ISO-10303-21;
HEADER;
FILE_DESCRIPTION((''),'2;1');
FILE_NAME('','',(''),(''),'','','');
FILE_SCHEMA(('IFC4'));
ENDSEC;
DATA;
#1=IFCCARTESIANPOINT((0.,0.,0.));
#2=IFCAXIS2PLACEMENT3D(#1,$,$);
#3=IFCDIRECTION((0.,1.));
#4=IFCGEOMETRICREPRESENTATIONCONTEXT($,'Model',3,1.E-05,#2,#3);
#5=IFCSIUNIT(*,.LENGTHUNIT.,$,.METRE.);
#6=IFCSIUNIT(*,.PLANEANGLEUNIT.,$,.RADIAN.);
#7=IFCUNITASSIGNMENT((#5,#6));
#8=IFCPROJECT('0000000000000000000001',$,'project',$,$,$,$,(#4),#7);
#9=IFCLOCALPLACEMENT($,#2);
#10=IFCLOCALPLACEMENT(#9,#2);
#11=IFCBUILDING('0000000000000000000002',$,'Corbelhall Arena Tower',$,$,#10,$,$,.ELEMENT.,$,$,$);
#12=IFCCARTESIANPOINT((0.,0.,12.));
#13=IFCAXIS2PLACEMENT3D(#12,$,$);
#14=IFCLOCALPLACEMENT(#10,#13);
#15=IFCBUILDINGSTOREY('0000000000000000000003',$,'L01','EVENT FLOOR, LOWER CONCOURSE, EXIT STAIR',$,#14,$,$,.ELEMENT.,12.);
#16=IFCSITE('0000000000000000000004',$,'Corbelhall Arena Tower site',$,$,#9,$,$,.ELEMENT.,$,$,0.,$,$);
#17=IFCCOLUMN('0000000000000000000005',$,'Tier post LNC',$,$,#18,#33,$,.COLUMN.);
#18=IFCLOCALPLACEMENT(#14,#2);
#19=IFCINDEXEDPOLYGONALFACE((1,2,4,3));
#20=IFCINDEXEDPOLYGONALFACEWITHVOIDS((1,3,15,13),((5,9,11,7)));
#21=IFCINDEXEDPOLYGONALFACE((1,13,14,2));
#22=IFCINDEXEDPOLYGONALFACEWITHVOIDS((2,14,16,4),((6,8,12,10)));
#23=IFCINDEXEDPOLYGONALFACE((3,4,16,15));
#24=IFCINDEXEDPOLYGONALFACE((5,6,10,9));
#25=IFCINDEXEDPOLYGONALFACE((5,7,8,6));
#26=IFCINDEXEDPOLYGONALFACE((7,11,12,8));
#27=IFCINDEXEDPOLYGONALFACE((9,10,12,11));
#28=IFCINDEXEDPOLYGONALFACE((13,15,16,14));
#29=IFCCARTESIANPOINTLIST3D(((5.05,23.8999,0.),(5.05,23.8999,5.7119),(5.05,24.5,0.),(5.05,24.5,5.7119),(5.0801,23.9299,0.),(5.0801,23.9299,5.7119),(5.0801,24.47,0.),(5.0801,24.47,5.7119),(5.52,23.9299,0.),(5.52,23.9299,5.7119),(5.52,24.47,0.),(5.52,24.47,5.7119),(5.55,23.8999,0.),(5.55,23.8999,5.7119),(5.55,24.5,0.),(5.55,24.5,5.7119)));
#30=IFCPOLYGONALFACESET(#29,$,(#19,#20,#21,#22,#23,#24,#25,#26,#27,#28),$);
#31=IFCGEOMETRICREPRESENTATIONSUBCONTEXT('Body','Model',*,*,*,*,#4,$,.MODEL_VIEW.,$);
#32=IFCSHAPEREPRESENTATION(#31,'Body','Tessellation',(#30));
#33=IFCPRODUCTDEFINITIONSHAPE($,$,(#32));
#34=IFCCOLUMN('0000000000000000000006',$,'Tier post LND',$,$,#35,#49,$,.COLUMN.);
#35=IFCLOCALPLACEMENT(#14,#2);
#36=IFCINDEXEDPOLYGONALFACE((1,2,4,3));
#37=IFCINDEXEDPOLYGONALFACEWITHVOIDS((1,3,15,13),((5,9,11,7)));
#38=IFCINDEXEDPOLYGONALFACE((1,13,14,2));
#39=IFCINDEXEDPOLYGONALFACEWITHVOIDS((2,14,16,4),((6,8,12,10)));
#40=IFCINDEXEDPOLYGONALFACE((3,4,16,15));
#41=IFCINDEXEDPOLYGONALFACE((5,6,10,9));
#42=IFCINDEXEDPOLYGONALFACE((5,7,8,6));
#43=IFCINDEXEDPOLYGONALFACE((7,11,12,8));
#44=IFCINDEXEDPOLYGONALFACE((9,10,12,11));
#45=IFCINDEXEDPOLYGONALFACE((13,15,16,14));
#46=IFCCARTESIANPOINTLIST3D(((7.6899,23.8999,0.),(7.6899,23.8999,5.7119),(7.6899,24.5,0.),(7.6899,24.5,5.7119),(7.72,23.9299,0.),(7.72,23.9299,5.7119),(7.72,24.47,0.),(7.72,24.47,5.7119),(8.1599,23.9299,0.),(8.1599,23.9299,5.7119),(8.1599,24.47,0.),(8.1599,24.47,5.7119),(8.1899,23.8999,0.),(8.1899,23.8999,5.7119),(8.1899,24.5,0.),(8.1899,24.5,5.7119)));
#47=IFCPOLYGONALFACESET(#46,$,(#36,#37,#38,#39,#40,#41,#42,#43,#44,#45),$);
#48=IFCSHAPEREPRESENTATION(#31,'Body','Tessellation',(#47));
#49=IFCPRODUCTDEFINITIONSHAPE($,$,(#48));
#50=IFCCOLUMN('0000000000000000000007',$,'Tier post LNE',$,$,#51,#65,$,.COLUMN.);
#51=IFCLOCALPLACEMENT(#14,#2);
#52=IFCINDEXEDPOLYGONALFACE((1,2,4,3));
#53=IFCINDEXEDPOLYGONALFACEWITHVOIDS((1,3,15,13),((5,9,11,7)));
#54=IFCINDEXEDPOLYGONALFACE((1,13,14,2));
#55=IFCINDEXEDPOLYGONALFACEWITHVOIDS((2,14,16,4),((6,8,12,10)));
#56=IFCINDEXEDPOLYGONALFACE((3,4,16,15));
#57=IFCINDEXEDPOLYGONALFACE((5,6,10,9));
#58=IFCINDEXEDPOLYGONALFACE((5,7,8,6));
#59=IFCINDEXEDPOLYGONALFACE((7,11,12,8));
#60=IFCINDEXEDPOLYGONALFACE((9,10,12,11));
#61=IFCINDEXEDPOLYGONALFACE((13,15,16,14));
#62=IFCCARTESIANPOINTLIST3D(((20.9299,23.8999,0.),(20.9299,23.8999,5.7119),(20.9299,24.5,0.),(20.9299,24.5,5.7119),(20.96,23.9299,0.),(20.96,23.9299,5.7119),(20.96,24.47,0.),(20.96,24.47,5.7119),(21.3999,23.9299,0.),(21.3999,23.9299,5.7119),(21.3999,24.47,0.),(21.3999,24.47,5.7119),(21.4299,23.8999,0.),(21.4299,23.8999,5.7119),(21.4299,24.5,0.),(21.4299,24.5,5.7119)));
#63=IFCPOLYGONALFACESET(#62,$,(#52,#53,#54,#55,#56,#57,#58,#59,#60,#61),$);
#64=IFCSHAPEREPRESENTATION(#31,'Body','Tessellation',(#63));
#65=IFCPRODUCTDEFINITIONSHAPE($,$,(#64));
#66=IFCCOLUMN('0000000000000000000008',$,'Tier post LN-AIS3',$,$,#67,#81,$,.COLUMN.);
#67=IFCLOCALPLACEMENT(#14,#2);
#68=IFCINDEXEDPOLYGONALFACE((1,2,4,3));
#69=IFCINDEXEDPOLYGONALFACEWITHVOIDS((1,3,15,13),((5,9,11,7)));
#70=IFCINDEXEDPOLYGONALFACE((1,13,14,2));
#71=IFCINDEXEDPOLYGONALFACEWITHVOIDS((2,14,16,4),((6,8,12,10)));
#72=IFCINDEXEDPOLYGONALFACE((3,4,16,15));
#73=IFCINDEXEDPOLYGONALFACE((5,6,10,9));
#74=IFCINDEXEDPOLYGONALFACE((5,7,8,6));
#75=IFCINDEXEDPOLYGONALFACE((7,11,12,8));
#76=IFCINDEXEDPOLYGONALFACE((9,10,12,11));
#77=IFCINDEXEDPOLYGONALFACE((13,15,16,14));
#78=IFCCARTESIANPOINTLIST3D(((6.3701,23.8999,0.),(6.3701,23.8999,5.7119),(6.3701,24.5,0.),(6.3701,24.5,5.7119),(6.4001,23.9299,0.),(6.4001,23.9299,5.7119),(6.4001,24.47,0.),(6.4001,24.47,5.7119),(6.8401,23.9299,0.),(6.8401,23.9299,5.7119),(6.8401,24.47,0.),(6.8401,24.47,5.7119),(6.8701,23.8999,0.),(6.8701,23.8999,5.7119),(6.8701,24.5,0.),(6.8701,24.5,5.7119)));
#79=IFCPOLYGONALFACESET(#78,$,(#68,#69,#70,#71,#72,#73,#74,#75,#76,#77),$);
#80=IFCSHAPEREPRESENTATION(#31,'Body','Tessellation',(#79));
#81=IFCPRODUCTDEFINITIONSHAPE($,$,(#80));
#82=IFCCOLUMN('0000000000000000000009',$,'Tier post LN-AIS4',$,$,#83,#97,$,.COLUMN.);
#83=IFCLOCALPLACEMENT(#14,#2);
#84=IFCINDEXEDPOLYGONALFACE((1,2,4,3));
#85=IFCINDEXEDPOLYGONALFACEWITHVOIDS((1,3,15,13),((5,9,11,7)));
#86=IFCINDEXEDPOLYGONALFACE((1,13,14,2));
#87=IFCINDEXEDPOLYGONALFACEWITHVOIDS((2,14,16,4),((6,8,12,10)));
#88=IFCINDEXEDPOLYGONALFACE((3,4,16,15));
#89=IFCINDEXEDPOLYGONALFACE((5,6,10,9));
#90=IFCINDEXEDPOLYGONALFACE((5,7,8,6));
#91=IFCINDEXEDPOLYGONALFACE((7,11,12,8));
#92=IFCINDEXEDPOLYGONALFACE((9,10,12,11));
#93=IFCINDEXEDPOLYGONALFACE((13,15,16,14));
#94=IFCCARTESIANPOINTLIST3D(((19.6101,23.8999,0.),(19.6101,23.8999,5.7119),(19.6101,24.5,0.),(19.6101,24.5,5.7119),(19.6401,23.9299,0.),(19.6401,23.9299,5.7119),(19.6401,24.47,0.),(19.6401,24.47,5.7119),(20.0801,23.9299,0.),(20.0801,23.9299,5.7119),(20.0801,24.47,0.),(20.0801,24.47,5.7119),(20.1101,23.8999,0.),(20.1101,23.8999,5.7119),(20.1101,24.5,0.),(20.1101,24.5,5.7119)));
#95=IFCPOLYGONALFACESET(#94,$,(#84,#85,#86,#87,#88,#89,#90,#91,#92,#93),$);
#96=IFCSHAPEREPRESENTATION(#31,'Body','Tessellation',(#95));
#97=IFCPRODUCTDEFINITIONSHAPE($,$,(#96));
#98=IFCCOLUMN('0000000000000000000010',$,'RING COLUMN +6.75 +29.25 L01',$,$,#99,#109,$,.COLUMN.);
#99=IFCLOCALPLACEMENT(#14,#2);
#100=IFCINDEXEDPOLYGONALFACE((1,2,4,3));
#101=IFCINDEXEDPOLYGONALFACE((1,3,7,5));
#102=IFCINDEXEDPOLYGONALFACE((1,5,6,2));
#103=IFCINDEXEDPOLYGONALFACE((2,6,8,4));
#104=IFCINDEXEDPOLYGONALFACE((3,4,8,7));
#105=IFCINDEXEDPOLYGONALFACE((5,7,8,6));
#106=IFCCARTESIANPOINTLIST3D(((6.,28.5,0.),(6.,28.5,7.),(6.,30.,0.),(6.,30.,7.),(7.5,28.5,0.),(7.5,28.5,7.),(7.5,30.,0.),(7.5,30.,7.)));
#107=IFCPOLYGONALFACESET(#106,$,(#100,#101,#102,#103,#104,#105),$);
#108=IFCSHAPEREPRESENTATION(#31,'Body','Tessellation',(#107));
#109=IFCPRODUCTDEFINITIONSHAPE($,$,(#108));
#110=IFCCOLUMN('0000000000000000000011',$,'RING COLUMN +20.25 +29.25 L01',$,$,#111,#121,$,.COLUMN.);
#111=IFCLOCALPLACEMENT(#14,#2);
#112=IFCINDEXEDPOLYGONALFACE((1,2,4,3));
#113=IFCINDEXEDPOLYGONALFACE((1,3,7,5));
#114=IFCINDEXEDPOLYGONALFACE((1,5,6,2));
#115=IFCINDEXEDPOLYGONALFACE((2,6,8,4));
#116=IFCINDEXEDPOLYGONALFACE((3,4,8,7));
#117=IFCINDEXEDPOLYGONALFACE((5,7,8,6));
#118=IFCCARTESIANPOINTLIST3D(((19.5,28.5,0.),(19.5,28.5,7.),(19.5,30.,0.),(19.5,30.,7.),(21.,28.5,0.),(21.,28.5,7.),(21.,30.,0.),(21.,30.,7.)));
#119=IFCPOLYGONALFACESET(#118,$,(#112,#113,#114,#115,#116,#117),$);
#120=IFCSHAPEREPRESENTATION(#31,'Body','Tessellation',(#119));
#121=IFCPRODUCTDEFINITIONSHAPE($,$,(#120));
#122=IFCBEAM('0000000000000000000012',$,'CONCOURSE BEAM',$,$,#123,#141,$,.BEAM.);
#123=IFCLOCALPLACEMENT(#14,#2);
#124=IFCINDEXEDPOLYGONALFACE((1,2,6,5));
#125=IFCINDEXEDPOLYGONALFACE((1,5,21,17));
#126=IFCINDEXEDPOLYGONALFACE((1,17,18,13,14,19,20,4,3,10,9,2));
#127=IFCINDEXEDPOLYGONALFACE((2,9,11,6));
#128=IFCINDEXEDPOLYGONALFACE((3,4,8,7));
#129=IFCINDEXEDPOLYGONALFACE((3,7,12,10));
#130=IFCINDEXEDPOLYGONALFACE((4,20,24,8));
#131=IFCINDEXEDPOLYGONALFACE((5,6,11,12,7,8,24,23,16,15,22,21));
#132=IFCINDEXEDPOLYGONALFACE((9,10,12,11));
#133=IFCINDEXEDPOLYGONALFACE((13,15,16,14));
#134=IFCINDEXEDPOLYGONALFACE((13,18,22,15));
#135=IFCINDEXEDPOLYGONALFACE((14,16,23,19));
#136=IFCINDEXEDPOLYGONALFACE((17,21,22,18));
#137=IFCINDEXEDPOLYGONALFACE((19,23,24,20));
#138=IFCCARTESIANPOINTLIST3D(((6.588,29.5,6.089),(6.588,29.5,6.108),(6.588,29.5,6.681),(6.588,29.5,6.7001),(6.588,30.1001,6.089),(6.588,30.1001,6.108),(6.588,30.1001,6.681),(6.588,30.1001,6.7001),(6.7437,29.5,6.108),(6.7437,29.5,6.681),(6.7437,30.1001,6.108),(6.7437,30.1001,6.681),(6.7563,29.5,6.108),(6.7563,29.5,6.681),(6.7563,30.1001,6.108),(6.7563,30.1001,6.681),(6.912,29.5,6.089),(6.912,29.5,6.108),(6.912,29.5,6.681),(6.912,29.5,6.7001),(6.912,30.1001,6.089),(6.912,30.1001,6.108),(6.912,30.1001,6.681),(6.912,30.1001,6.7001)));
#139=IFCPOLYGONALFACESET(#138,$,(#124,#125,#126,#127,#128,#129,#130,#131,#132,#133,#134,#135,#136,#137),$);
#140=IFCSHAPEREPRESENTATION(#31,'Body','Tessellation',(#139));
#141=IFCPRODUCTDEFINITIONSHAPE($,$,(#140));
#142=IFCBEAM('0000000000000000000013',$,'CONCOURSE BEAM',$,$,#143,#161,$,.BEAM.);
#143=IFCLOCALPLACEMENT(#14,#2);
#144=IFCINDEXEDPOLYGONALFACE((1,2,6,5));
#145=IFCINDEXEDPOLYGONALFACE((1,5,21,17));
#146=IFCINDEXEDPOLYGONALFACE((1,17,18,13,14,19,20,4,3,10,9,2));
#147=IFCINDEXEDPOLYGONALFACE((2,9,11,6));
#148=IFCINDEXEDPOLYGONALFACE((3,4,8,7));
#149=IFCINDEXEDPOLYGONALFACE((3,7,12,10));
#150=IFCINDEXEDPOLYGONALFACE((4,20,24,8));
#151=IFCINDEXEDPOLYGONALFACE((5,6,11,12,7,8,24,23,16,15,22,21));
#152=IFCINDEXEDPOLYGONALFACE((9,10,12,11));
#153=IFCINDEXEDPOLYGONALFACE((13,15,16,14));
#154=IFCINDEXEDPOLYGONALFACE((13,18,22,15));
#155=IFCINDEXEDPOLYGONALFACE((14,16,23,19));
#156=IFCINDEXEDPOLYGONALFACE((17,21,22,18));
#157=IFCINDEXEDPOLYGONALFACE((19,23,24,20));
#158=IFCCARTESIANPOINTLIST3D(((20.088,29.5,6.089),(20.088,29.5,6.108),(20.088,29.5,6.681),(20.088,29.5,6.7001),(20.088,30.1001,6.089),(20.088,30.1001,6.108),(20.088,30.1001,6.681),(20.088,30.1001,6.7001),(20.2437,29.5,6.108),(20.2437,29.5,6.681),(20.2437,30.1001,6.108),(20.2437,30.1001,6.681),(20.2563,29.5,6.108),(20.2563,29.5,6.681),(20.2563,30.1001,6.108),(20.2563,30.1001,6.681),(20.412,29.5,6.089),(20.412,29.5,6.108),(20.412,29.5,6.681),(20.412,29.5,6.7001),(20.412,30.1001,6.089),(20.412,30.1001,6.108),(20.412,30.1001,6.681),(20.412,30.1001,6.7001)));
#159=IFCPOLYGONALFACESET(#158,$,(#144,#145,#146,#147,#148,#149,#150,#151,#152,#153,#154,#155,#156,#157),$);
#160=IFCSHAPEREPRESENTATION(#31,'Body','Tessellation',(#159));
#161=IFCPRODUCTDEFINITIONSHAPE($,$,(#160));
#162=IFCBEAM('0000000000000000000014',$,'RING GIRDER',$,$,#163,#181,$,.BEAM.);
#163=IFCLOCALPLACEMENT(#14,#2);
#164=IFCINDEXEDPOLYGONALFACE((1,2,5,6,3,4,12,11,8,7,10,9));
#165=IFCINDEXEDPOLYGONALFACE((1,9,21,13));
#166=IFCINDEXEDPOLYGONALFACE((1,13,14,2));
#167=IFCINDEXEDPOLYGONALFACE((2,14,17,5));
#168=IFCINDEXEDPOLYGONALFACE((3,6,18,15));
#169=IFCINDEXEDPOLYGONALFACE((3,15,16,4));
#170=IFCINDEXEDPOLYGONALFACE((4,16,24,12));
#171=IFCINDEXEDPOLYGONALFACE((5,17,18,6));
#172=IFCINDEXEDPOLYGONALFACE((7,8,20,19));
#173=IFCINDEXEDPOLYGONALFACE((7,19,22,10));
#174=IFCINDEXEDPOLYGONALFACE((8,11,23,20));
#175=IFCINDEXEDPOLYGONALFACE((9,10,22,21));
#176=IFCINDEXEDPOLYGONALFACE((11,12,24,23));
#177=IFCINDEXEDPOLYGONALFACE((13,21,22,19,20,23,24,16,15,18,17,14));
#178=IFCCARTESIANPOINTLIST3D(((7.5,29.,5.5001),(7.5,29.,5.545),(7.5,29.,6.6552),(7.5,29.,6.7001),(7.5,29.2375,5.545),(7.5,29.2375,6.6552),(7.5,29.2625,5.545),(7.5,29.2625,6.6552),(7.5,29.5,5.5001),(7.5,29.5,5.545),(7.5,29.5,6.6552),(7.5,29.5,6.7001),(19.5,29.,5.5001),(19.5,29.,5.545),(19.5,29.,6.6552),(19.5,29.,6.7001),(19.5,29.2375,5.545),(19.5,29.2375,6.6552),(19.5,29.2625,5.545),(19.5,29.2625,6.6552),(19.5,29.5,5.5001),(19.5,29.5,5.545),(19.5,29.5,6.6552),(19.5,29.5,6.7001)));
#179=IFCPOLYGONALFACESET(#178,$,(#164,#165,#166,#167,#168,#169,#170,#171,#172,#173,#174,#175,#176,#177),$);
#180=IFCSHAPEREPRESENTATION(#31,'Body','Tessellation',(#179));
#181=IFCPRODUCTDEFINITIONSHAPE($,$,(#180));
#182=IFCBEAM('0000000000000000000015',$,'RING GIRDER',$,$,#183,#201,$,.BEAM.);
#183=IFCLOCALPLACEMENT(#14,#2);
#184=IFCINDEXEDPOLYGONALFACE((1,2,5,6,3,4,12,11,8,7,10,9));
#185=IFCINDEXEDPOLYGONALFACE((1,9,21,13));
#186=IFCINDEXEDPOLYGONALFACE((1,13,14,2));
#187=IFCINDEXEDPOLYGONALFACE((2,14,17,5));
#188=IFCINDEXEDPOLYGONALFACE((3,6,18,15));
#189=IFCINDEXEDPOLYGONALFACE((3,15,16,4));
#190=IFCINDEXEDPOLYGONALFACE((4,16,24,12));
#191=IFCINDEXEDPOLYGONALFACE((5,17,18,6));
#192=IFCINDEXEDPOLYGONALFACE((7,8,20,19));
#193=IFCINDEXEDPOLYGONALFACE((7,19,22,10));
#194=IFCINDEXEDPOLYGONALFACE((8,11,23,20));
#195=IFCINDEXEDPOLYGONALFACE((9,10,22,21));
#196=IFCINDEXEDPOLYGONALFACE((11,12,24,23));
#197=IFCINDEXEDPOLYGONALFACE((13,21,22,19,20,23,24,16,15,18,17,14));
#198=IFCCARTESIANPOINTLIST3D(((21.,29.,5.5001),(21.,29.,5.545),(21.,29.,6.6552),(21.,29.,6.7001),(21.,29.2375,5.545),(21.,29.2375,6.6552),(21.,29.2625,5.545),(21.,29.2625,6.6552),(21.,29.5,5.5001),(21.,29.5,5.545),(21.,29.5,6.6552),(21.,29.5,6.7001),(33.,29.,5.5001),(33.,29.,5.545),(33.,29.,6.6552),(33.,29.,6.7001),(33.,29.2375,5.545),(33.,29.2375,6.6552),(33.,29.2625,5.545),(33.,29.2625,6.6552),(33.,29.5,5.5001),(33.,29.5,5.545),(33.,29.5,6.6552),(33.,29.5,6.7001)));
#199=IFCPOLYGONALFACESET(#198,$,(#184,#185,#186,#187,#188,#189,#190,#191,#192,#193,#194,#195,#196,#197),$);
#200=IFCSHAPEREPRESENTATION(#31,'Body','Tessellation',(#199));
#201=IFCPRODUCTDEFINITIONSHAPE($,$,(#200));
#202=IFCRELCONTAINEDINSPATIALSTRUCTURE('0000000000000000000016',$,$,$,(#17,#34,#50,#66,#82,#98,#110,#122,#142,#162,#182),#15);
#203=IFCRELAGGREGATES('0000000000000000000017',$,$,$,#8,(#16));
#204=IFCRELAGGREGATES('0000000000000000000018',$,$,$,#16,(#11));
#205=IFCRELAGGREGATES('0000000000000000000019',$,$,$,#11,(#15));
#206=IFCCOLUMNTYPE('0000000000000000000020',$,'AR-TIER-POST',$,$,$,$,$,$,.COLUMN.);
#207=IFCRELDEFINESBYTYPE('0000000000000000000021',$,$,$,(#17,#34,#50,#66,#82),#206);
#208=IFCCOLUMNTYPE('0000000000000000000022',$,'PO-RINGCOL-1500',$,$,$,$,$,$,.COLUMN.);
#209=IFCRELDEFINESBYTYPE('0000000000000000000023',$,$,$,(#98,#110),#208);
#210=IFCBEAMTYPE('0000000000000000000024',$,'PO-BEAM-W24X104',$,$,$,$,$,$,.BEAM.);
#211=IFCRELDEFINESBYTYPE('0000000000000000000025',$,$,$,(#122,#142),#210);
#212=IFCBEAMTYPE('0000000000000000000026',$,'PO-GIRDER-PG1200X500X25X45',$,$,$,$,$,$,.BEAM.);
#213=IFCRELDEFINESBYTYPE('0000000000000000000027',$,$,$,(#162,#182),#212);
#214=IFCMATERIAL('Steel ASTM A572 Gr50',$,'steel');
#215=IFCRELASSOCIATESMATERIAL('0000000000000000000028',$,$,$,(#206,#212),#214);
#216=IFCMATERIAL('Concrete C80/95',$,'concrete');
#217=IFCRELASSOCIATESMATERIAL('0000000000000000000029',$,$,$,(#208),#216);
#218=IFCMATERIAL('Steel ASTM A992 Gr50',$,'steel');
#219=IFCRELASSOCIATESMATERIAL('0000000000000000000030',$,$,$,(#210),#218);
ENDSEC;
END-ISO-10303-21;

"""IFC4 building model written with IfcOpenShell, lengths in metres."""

from ifc_helpers import new_model, si_unit, direction, frame, origin, origin_2d, place, context, subcontext, project, spatial, rectangle, hollow_rectangle, i_section, extrude, material, material_profile, profile_set, type_object, element, save


model = new_model("IFC4")

# Units and contexts
model_context = context("Model", 3, precision=1e-05, world=origin(), true_north=direction((0.0, 1.0)))
body_context = subcontext(model_context, "Body", "Model", "MODEL_VIEW")
ifc_project = project(units=[si_unit("LENGTHUNIT", "METRE"), si_unit("PLANEANGLEUNIT", "RADIAN")], contexts=[model_context])

# Site, building, storey
site_placement = place(None, origin())
site = spatial("IfcSite", under=ifc_project, at=site_placement, Name="Corbelhall Arena Tower site", CompositionType="ELEMENT", RefElevation=0.0)
building_placement = place(site_placement, origin())
building = spatial("IfcBuilding", under=site, at=building_placement, Name="Corbelhall Arena Tower", CompositionType="ELEMENT")
storey_placement = place(building_placement, frame((0.0, 0.0, 12.0)))
storey = spatial("IfcBuildingStorey", under=building, at=storey_placement, Name="L01", Description="EVENT FLOOR, LOWER CONCOURSE, EXIT STAIR", CompositionType="ELEMENT", Elevation=12.0)

# Columns
ifc_material_1 = material(Name="Steel ASTM A572 Gr50", Category="steel")
ifc_material_profile_1 = material_profile(ifc_material_1, hollow_rectangle(XDim=0.5, YDim=0.6001, WallThickness=0.03, at=origin_2d()))
ifc_profile_set_1 = profile_set([ifc_material_profile_1], Name="Steel ASTM A572 Gr50")
column_type_1 = type_object("IfcColumnType", Name="AR-TIER-POST", PredefinedType="COLUMN", material=ifc_profile_set_1)
for number, where, z_axis, x_axis, name in (
    (1, (5.3, 24.2, 0.0), (0.0, 0.0, 1.0), (1.0, 0.0, 0.0), "Tier post LNC"),
    (2, (7.9399, 24.2, 0.0), (0.0, 0.0, 1.0), (1.0, 0.0, 0.0), "Tier post LND"),
    (3, (21.1799, 24.2, 0.0), (0.0, 0.0, 1.0), (1.0, 0.0, 0.0), "Tier post LNE"),
    (4, (6.6201, 24.2, 0.0), (0.0, 0.0, 1.0), (1.0, 0.0, 0.0), "Tier post LN-AIS3"),
    (5, (19.8601, 24.2, 0.0), (0.0, 0.0, 1.0), (1.0, 0.0, 0.0), "Tier post LN-AIS4"),
):
    element("IfcColumn", number, at=place(storey_placement, frame(where, z_axis=z_axis, x_axis=x_axis)), inside=storey, type_object=column_type_1, Name=name, PredefinedType="COLUMN", context=body_context, shape_type="SweptSolid", body=[
        extrude(hollow_rectangle(XDim=0.5, YDim=0.6001, WallThickness=0.03, at=origin_2d()), origin(), (0.0, 0.0, 1.0), 5.7119),
    ])
ifc_material_2 = material(Name="Concrete C80/95", Category="concrete")
ifc_material_profile_2 = material_profile(ifc_material_2, rectangle(XDim=1.5, YDim=1.5, at=origin_2d()))
ifc_profile_set_2 = profile_set([ifc_material_profile_2], Name="Concrete C80/95")
column_type_2 = type_object("IfcColumnType", Name="PO-RINGCOL-1500", PredefinedType="COLUMN", material=ifc_profile_set_2)
for number, where, z_axis, x_axis, name in (
    (6, (6.75, 29.25, 0.0), (0.0, 0.0, 1.0), (1.0, 0.0, 0.0), "RING COLUMN +6.75 +29.25 L01"),
    (7, (20.25, 29.25, 0.0), (0.0, 0.0, 1.0), (1.0, 0.0, 0.0), "RING COLUMN +20.25 +29.25 L01"),
):
    element("IfcColumn", number, at=place(storey_placement, frame(where, z_axis=z_axis, x_axis=x_axis)), inside=storey, type_object=column_type_2, Name=name, PredefinedType="COLUMN", context=body_context, shape_type="SweptSolid", body=[
        extrude(rectangle(XDim=1.5, YDim=1.5, at=origin_2d()), origin(), (0.0, 0.0, 1.0), 7.0),
    ])

# Beams
ifc_material_3 = material(Name="Steel ASTM A992 Gr50", Category="steel")
ifc_material_profile_3 = material_profile(ifc_material_3, i_section(OverallWidth=0.324, OverallDepth=0.6111, WebThickness=0.0127, FlangeThickness=0.019, at=origin_2d()))
ifc_profile_set_3 = profile_set([ifc_material_profile_3], Name="Steel ASTM A992 Gr50")
beam_type_1 = type_object("IfcBeamType", Name="PO-BEAM-W24X104", PredefinedType="BEAM", material=ifc_profile_set_3)
for number, where, z_axis, x_axis, name in (
    (8, (6.75, 29.5, 6.3945), (0.0, 1.0, 0.0), (-1.0, 0.0, 0.0), "CONCOURSE BEAM"),
    (9, (20.25, 29.5, 6.3945), (0.0, 1.0, 0.0), (-1.0, 0.0, 0.0), "CONCOURSE BEAM"),
):
    element("IfcBeam", number, at=place(storey_placement, frame(where, z_axis=z_axis, x_axis=x_axis)), inside=storey, type_object=beam_type_1, Name=name, PredefinedType="BEAM", context=body_context, shape_type="SweptSolid", body=[
        extrude(i_section(OverallWidth=0.324, OverallDepth=0.6111, WebThickness=0.0127, FlangeThickness=0.019, at=origin_2d()), origin(), (0.0, 0.0, 1.0), 0.6001),
    ])
ifc_material_profile_4 = material_profile(ifc_material_1, i_section(OverallWidth=0.5, OverallDepth=1.2, WebThickness=0.0249, FlangeThickness=0.0449, at=origin_2d()))
ifc_profile_set_4 = profile_set([ifc_material_profile_4], Name="Steel ASTM A572 Gr50")
beam_type_2 = type_object("IfcBeamType", Name="PO-GIRDER-PG1200X500X25X45", PredefinedType="BEAM", material=ifc_profile_set_4)
for number, where, z_axis, x_axis, name in (
    (10, (7.5, 29.25, 6.1001), (1.0, 0.0, 0.0), (0.0, 1.0, 0.0), "RING GIRDER"),
    (11, (21.0, 29.25, 6.1001), (1.0, 0.0, 0.0), (0.0, 1.0, 0.0), "RING GIRDER"),
):
    element("IfcBeam", number, at=place(storey_placement, frame(where, z_axis=z_axis, x_axis=x_axis)), inside=storey, type_object=beam_type_2, Name=name, PredefinedType="BEAM", context=body_context, shape_type="SweptSolid", body=[
        extrude(i_section(OverallWidth=0.5, OverallDepth=1.2, WebThickness=0.0249, FlangeThickness=0.0449, at=origin_2d()), origin(), (0.0, 0.0, 1.0), 12.0),
    ])

save(model, "model.ifc")
